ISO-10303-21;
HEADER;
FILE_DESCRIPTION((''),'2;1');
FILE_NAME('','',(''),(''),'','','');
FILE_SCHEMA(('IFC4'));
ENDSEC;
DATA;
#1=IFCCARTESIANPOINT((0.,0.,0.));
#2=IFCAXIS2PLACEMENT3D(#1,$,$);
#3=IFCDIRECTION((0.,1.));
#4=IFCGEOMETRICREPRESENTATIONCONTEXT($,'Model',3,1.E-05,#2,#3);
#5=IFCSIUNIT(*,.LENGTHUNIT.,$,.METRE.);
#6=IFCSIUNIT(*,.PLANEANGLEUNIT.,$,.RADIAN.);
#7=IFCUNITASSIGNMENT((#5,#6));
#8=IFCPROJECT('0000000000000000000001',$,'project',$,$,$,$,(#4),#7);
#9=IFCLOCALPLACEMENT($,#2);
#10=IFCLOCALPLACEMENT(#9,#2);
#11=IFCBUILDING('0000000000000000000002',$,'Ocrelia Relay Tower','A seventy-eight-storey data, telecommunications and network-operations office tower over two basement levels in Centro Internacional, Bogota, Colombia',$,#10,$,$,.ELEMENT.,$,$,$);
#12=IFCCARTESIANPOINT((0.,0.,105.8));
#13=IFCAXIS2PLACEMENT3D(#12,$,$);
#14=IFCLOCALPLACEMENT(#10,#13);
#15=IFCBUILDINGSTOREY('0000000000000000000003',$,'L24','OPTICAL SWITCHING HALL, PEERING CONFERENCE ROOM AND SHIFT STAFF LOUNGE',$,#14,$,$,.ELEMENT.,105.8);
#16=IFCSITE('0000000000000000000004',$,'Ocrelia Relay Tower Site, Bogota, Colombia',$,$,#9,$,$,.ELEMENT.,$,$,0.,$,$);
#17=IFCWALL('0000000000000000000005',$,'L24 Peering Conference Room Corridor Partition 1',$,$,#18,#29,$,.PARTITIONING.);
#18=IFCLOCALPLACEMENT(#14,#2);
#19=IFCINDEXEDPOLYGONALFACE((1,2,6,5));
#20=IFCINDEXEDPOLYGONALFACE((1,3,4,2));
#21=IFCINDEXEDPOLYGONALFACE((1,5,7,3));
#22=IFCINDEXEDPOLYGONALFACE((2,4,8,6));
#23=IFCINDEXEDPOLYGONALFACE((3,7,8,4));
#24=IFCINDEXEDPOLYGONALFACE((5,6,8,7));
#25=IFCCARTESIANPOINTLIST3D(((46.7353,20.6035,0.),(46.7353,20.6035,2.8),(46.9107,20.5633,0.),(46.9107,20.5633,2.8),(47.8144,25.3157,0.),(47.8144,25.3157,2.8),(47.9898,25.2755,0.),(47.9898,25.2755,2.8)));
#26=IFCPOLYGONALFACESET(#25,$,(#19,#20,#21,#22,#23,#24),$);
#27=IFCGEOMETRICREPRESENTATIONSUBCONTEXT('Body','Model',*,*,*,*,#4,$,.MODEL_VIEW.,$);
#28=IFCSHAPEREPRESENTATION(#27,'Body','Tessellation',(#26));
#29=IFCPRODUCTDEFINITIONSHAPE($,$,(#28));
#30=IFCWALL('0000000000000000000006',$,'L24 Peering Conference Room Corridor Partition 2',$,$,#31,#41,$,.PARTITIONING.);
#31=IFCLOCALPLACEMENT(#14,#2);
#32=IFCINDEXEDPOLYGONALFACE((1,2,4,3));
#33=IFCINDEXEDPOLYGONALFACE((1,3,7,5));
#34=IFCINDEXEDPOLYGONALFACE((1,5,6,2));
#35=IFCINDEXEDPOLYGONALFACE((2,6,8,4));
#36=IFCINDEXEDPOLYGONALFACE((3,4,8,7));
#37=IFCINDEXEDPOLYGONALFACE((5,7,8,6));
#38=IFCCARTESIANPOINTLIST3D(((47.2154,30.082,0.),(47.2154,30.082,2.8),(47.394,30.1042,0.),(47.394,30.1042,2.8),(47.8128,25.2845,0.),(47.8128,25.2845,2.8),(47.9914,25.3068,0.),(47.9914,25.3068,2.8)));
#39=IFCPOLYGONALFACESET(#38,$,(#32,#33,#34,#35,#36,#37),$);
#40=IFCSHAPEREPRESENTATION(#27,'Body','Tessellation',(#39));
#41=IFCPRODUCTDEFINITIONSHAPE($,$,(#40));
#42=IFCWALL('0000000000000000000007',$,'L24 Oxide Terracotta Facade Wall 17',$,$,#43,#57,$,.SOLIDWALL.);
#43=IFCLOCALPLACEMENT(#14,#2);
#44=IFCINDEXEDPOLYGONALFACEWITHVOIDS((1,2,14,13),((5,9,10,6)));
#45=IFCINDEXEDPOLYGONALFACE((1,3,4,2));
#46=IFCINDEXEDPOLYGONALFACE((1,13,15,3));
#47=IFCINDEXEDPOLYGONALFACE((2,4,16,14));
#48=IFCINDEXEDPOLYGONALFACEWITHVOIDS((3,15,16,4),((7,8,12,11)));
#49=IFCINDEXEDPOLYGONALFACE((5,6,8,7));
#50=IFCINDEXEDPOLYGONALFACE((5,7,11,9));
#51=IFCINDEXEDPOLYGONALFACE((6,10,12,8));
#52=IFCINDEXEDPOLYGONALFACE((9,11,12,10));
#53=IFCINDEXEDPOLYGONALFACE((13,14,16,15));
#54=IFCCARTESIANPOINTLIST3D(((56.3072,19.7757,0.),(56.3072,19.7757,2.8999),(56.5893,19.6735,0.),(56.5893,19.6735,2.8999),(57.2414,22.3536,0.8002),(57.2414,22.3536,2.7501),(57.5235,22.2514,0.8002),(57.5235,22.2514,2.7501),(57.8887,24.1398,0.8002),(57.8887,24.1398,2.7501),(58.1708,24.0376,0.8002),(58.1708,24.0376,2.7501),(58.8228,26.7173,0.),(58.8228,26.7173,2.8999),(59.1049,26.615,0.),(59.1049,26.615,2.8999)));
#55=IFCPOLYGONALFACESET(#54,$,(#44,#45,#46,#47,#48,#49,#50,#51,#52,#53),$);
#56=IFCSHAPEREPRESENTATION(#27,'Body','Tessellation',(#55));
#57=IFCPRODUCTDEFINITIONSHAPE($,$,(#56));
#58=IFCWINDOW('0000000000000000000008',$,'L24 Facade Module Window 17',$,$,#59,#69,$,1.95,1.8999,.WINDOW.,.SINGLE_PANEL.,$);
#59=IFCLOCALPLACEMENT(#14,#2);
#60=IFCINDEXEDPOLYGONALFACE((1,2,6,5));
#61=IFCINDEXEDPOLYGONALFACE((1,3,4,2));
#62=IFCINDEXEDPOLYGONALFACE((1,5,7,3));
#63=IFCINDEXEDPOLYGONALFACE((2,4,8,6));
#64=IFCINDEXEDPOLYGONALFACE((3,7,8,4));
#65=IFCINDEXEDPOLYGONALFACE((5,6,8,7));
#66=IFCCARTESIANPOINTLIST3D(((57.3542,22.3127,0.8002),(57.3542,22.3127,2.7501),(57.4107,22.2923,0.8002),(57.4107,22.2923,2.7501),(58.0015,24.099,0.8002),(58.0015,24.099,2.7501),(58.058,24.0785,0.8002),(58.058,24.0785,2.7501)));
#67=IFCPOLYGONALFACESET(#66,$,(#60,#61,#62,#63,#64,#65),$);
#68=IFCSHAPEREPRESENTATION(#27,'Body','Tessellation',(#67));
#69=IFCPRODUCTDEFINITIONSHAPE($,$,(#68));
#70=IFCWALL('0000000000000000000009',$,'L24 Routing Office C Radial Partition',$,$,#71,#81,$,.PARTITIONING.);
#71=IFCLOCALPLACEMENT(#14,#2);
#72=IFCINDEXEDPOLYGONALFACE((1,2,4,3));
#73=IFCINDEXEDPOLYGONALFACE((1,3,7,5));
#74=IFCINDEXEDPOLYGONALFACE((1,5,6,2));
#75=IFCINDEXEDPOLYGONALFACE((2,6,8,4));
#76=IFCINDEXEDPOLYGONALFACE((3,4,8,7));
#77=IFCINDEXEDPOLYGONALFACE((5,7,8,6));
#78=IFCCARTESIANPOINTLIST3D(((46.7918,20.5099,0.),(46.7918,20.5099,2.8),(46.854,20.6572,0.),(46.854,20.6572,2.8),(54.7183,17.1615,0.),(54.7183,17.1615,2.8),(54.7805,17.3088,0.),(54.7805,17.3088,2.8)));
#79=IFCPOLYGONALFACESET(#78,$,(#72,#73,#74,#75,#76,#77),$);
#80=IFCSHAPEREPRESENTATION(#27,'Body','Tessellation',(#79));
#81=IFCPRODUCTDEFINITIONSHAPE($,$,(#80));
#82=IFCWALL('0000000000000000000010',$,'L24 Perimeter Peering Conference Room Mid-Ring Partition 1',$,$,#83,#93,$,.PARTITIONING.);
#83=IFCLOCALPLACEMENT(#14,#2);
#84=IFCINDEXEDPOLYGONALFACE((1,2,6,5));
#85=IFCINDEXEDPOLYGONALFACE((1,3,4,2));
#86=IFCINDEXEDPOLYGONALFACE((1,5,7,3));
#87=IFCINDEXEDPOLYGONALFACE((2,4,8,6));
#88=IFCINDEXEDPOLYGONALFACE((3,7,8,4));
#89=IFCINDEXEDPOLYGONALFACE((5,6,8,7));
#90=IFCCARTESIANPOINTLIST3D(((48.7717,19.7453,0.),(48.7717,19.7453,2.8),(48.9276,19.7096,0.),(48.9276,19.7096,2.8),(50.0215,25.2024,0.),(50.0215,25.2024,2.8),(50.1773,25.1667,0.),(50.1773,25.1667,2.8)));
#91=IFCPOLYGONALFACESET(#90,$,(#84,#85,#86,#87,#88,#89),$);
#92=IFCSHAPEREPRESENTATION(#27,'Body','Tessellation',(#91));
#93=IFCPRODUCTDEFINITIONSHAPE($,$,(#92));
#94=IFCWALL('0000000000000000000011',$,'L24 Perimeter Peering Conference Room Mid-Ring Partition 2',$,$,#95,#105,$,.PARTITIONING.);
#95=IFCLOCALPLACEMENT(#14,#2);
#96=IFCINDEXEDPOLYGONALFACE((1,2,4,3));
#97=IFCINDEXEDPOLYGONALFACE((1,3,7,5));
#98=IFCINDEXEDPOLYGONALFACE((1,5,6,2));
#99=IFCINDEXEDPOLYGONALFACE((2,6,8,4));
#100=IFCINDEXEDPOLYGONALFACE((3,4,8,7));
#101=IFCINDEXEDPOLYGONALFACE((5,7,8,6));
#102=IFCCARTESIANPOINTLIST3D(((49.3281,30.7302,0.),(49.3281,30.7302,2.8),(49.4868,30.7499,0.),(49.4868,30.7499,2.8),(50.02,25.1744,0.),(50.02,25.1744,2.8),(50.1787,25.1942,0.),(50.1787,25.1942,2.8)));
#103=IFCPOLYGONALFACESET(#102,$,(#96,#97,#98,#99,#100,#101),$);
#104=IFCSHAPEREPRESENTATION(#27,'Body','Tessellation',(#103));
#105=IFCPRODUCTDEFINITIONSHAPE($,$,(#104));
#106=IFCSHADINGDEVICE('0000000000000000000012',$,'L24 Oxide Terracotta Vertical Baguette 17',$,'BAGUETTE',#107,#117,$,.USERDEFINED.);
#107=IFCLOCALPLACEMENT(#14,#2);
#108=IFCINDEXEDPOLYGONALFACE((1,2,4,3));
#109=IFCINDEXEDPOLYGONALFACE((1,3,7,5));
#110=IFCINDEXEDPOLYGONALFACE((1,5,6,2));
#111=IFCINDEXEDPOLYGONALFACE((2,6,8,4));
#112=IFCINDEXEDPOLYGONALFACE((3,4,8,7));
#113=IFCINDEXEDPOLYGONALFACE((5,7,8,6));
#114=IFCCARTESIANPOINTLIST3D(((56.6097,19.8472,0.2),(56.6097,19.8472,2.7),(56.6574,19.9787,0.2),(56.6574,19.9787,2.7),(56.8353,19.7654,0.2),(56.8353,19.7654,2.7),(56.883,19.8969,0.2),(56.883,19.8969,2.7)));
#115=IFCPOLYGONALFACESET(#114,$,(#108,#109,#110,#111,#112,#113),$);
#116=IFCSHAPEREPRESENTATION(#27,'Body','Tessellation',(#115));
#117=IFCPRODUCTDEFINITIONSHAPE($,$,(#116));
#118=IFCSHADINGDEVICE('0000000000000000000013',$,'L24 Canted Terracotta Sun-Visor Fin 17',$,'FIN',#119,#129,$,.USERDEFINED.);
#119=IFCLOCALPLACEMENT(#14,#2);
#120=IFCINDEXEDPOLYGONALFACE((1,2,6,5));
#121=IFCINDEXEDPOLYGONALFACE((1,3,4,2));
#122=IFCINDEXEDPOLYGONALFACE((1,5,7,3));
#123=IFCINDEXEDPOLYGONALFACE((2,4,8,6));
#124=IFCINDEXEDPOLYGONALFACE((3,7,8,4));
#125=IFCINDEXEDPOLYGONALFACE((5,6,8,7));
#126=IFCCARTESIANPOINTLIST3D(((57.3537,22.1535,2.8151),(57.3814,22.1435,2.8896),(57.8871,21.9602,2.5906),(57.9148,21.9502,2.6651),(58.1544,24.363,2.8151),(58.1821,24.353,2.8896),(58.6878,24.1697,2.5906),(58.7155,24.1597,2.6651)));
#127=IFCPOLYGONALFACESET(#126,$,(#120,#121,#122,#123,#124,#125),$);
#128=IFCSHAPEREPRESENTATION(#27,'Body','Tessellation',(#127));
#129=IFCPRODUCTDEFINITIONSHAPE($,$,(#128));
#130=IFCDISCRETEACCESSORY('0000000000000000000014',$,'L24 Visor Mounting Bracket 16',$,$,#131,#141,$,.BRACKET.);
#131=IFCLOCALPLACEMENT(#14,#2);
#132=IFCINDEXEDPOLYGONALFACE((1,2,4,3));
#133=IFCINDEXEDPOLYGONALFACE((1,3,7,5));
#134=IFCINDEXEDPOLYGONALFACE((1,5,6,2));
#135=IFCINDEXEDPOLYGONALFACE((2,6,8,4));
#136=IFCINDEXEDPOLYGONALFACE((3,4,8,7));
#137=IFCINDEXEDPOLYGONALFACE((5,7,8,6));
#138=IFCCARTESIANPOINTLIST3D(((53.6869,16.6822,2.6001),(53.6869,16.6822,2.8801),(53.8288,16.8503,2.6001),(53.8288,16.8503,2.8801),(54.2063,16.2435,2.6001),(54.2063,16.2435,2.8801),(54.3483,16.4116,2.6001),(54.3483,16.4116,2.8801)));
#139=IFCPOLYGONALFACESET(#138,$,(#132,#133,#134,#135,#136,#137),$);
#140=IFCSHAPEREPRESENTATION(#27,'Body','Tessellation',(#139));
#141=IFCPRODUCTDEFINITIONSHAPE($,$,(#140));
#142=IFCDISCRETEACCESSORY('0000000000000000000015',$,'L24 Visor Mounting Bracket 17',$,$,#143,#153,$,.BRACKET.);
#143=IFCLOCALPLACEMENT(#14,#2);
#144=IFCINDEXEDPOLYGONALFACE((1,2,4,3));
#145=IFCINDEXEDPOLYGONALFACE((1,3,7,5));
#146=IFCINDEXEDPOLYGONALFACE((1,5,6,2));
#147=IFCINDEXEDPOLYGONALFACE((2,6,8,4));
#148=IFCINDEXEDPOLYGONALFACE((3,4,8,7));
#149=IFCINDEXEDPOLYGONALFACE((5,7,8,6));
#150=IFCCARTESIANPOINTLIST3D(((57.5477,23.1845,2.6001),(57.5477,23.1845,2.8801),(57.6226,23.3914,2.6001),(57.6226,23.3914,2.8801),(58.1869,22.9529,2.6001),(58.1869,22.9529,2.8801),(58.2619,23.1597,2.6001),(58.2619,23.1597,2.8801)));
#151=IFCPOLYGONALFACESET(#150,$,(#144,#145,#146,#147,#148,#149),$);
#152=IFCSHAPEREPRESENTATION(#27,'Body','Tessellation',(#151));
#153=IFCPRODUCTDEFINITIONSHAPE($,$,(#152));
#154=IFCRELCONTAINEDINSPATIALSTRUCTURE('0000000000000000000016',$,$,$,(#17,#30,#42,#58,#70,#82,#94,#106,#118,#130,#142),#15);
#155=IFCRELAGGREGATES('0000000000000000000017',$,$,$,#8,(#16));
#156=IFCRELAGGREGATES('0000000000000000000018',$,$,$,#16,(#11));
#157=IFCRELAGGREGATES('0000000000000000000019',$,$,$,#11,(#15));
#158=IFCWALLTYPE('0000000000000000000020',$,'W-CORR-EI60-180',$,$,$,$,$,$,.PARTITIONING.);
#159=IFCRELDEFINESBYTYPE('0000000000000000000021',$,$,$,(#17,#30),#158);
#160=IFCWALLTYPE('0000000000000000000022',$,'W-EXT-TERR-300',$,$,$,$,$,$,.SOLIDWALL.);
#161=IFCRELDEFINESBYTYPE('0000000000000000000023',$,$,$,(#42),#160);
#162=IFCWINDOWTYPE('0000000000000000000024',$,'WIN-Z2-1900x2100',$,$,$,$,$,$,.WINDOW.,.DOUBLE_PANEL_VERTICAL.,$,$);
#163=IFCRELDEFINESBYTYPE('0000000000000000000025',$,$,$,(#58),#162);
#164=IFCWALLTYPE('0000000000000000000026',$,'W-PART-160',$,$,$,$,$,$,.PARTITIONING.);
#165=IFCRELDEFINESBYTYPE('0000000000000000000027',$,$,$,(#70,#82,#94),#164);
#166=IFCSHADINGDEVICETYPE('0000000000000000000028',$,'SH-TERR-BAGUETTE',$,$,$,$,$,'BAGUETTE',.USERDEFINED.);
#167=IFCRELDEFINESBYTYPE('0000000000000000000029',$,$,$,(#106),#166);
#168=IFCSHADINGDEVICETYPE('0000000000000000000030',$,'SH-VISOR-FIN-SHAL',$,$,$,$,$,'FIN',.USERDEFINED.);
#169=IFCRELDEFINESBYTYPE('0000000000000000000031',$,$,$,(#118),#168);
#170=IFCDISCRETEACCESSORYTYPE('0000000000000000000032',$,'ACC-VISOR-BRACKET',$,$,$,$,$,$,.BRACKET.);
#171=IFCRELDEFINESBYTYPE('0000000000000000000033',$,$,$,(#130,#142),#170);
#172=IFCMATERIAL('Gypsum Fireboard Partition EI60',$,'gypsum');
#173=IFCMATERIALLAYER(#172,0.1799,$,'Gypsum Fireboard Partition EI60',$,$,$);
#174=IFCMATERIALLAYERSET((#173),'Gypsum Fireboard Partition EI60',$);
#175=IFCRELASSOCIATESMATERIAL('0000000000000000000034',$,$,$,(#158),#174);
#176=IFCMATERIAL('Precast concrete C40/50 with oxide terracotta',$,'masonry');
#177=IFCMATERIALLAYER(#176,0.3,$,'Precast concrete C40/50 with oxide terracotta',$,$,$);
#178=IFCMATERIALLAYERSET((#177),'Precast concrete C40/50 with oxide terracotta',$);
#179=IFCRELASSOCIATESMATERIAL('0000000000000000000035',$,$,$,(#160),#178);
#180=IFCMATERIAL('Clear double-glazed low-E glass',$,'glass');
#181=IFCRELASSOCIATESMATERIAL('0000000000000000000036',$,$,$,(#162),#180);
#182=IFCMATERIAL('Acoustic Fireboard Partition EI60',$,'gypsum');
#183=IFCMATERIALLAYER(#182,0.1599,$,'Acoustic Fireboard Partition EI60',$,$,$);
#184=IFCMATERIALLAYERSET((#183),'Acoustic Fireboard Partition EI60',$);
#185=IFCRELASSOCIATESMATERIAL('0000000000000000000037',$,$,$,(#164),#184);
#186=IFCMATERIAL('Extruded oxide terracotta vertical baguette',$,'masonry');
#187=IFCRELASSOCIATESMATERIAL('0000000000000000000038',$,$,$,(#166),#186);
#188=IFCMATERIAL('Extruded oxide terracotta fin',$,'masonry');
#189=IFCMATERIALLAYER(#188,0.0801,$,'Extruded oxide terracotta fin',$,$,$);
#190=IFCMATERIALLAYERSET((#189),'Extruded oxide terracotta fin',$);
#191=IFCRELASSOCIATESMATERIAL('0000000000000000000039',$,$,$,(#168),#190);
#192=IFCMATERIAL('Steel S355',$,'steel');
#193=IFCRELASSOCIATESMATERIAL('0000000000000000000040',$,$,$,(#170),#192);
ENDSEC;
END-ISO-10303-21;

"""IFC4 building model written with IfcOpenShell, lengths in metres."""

from ifc_helpers import new_model, si_unit, direction, frame, frame_2d, origin, origin_2d, place, context, subcontext, project, spatial, rectangle, extrude, material, layer, layer_set, type_object, element, fill, save


model = new_model("IFC4")

# Units and contexts
model_context = context("Model", 3, precision=1e-05, world=origin(), true_north=direction((0.0, 1.0)))
body_context = subcontext(model_context, "Body", "Model", "MODEL_VIEW")
ifc_project = project(units=[si_unit("LENGTHUNIT", "METRE"), si_unit("PLANEANGLEUNIT", "RADIAN")], contexts=[model_context])

# Site, building, storey
site_placement = place(None, origin())
site = spatial("IfcSite", under=ifc_project, at=site_placement, Name="Ocrelia Relay Tower Site, Bogota, Colombia", CompositionType="ELEMENT", RefElevation=0.0)
building_placement = place(site_placement, origin())
building = spatial("IfcBuilding", under=site, at=building_placement, Name="Ocrelia Relay Tower", Description="A seventy-eight-storey data, telecommunications and network-operations office tower over two basement levels in Centro Internacional, Bogota, Colombia", CompositionType="ELEMENT")
storey_placement = place(building_placement, frame((0.0, 0.0, 105.8)))
storey = spatial("IfcBuildingStorey", under=building, at=storey_placement, Name="L24", Description="OPTICAL SWITCHING HALL, PEERING CONFERENCE ROOM AND SHIFT STAFF LOUNGE", CompositionType="ELEMENT", Elevation=105.8)

# Shared definitions
ifc_material_1 = material(Name="Steel S355", Category="steel")

# Shared definitions
ifc_material_2 = material(Name="Clear double-glazed low-E glass", Category="glass")

# Walls
ifc_material_3 = material(Name="Gypsum Fireboard Partition EI60", Category="gypsum")
ifc_layer_1 = layer(ifc_material_3, 0.1799, Name="Gypsum Fireboard Partition EI60")
ifc_layer_set_1 = layer_set([ifc_layer_1], Name="Gypsum Fireboard Partition EI60")
wall_type_1 = type_object("IfcWallType", Name="W-CORR-EI60-180", PredefinedType="PARTITIONING", material=ifc_layer_set_1)
wall_1_placement = place(storey_placement, frame((46.823, 20.5835, 0.0), z_axis=(0.0, 0.0, 1.0), x_axis=(0.223225, 0.974767, 0.0)))
element("IfcWall", 1, at=wall_1_placement, inside=storey, type_object=wall_type_1, Name="L24 Peering Conference Room Corridor Partition 1", PredefinedType="PARTITIONING", context=body_context, shape_type="SweptSolid", body=[
    extrude(rectangle(XDim=4.8342, YDim=0.1799, at=frame_2d((2.417, 0.0))), origin(), (0.0, 0.0, 1.0), 2.8),
])
wall_2_placement = place(storey_placement, frame((47.9021, 25.2957, 0.0), z_axis=(0.0, 0.0, 1.0), x_axis=(-0.123575, 0.992335, 0.0)))
element("IfcWall", 2, at=wall_2_placement, inside=storey, type_object=wall_type_1, Name="L24 Peering Conference Room Corridor Partition 2", PredefinedType="PARTITIONING", context=body_context, shape_type="SweptSolid", body=[
    extrude(rectangle(XDim=4.8345, YDim=0.1799, at=frame_2d((2.4172, 0.0))), origin(), (0.0, 0.0, 1.0), 2.8),
])

# Wall, opening, window
ifc_material_4 = material(Name="Precast concrete C40/50 with oxide terracotta", Category="masonry")
ifc_layer_2 = layer(ifc_material_4, 0.3, Name="Precast concrete C40/50 with oxide terracotta")
ifc_layer_set_2 = layer_set([ifc_layer_2], Name="Precast concrete C40/50 with oxide terracotta")
wall_type_2 = type_object("IfcWallType", Name="W-EXT-TERR-300", PredefinedType="SOLIDWALL", material=ifc_layer_set_2)
wall_3_placement = place(storey_placement, frame((56.4482, 19.7246, 0.0), z_axis=(0.0, 0.0, 1.0), x_axis=(0.340713, 0.940167, 0.0)))
wall_3 = element("IfcWall", 3, at=wall_3_placement, inside=storey, type_object=wall_type_2, Name="L24 Oxide Terracotta Facade Wall 17", PredefinedType="SOLIDWALL", context=body_context, shape_type="SweptSolid", body=[
    extrude(rectangle(XDim=7.3833, YDim=0.3, at=frame_2d((3.6917, 0.0))), origin(), (0.0, 0.0, 1.0), 2.8999),
])
opening_placement = place(wall_3_placement, frame((2.7419, 0.0, 0.8)))
opening = element("IfcOpeningElement", 4, at=opening_placement, cuts=wall_3, PredefinedType="OPENING", context=body_context, shape_type="SweptSolid", body=[
    extrude(rectangle(XDim=1.8999, YDim=1.95, at=frame_2d((0.95, 0.9751))), frame((0.0, 0.1602, 0.0), z_axis=(0.0, -1.0, 0.0), x_axis=(1.0, 0.0, 0.0)), (0.0, 0.0, 1.0), 0.3201),
])
window_type = type_object("IfcWindowType", Name="WIN-Z2-1900x2100", PartitioningType="DOUBLE_PANEL_VERTICAL", PredefinedType="WINDOW", material=ifc_material_2)
window_placement = place(opening_placement, origin())
window = element("IfcWindow", 5, at=window_placement, inside=storey, type_object=window_type, Name="L24 Facade Module Window 17", OverallHeight=1.95, OverallWidth=1.8999, PartitioningType="SINGLE_PANEL", PredefinedType="WINDOW", context=body_context, shape_type="SweptSolid", body=[
    extrude(rectangle(XDim=1.8999, YDim=1.95, at=frame_2d((0.95, 0.9751))), frame((0.0, 0.03, 0.0), z_axis=(0.0, -1.0, 0.0), x_axis=(1.0, 0.0, 0.0)), (0.0, 0.0, 1.0), 0.0601),
])
fill(opening, window)

# Walls
ifc_material_5 = material(Name="Acoustic Fireboard Partition EI60", Category="gypsum")
ifc_layer_3 = layer(ifc_material_5, 0.1599, Name="Acoustic Fireboard Partition EI60")
ifc_layer_set_3 = layer_set([ifc_layer_3], Name="Acoustic Fireboard Partition EI60")
wall_type_3 = type_object("IfcWallType", Name="W-PART-160", PredefinedType="PARTITIONING", material=ifc_layer_set_3)
wall_4_placement = place(storey_placement, frame((46.823, 20.5835, 0.0), z_axis=(0.0, 0.0, 1.0), x_axis=(0.921181, -0.389134, 0.0)))
element("IfcWall", 6, at=wall_4_placement, inside=storey, type_object=wall_type_3, Name="L24 Routing Office C Radial Partition", PredefinedType="PARTITIONING", context=body_context, shape_type="SweptSolid", body=[
    extrude(rectangle(XDim=8.6047, YDim=0.1599, at=frame_2d((4.3022, 0.0))), origin(), (0.0, 0.0, 1.0), 2.8),
])
wall_5_placement = place(storey_placement, frame((48.8496, 19.7273, 0.0), z_axis=(0.0, 0.0, 1.0), x_axis=(0.223238, 0.974764, 0.0)))
element("IfcWall", 7, at=wall_5_placement, inside=storey, type_object=wall_type_3, Name="L24 Perimeter Peering Conference Room Mid-Ring Partition 1", PredefinedType="PARTITIONING", context=body_context, shape_type="SweptSolid", body=[
    extrude(rectangle(XDim=5.5984, YDim=0.1599, at=frame_2d((2.7993, 0.0))), origin(), (0.0, 0.0, 1.0), 2.8),
])
wall_6_placement = place(storey_placement, frame((50.0994, 25.1843, 0.0), z_axis=(0.0, 0.0, 1.0), x_axis=(-0.123584, 0.992334, 0.0)))
element("IfcWall", 8, at=wall_6_placement, inside=storey, type_object=wall_type_3, Name="L24 Perimeter Peering Conference Room Mid-Ring Partition 2", PredefinedType="PARTITIONING", context=body_context, shape_type="SweptSolid", body=[
    extrude(rectangle(XDim=5.5986, YDim=0.1599, at=frame_2d((2.7993, 0.0))), origin(), (0.0, 0.0, 1.0), 2.8),
])

# Shading devices
ifc_material_6 = material(Name="Extruded oxide terracotta vertical baguette", Category="masonry")
shading_device_type_1 = type_object("IfcShadingDeviceType", Name="SH-TERR-BAGUETTE", ElementType="BAGUETTE", PredefinedType="USERDEFINED", material=ifc_material_6)
shading_device_1_placement = place(storey_placement, frame((56.7463, 19.8721, 0.2), z_axis=(0.0, 0.0, 1.0), x_axis=(0.340704, 0.940171, 0.0)))
element("IfcShadingDevice", 9, at=shading_device_1_placement, inside=storey, type_object=shading_device_type_1, Name="L24 Oxide Terracotta Vertical Baguette 17", ObjectType="BAGUETTE", PredefinedType="USERDEFINED", context=body_context, shape_type="SweptSolid", body=[
    extrude(rectangle(XDim=0.1399, YDim=0.24, at=origin_2d()), origin(), (0.0, 0.0, 1.0), 2.5),
])
ifc_material_7 = material(Name="Extruded oxide terracotta fin", Category="masonry")
ifc_layer_4 = layer(ifc_material_7, 0.0801, Name="Extruded oxide terracotta fin")
ifc_layer_set_4 = layer_set([ifc_layer_4], Name="Extruded oxide terracotta fin")
shading_device_type_2 = type_object("IfcShadingDeviceType", Name="SH-VISOR-FIN-SHAL", ElementType="FIN", PredefinedType="USERDEFINED", material=ifc_layer_set_4)
shading_device_2_placement = place(storey_placement, frame((58.0208, 23.1616, 2.7029), z_axis=(0.345947, -0.125366, 0.929841), x_axis=(0.340704, 0.940171, 0.0)))
element("IfcShadingDevice", 10, at=shading_device_2_placement, inside=storey, type_object=shading_device_type_2, Name="L24 Canted Terracotta Sun-Visor Fin 17", ObjectType="FIN", PredefinedType="USERDEFINED", context=body_context, shape_type="SweptSolid", body=[
    extrude(rectangle(XDim=2.3501, YDim=0.6101, at=origin_2d()), origin(), (0.0, 0.0, 1.0), 0.0801),
])

# Discrete accessories
discrete_accessory_type = type_object("IfcDiscreteAccessoryType", Name="ACC-VISOR-BRACKET", PredefinedType="BRACKET", material=ifc_material_1)
for number, where, z_axis, x_axis, name in (
    (11, (54.0176, 16.5469, 2.6001), (0.0, 0.0, 1.0), (0.645214, 0.764002, 0.0), "L24 Visor Mounting Bracket 16"),
    (12, (57.9048, 23.1721, 2.6001), (0.0, 0.0, 1.0), (0.340704, 0.940171, 0.0), "L24 Visor Mounting Bracket 17"),
):
    element("IfcDiscreteAccessory", number, at=place(storey_placement, frame(where, z_axis=z_axis, x_axis=x_axis)), inside=storey, type_object=discrete_accessory_type, Name=name, PredefinedType="BRACKET", context=body_context, shape_type="SweptSolid", body=[
        extrude(rectangle(XDim=0.22, YDim=0.6799, at=origin_2d()), origin(), (0.0, 0.0, 1.0), 0.28),
    ])

save(model, "model.ifc")
